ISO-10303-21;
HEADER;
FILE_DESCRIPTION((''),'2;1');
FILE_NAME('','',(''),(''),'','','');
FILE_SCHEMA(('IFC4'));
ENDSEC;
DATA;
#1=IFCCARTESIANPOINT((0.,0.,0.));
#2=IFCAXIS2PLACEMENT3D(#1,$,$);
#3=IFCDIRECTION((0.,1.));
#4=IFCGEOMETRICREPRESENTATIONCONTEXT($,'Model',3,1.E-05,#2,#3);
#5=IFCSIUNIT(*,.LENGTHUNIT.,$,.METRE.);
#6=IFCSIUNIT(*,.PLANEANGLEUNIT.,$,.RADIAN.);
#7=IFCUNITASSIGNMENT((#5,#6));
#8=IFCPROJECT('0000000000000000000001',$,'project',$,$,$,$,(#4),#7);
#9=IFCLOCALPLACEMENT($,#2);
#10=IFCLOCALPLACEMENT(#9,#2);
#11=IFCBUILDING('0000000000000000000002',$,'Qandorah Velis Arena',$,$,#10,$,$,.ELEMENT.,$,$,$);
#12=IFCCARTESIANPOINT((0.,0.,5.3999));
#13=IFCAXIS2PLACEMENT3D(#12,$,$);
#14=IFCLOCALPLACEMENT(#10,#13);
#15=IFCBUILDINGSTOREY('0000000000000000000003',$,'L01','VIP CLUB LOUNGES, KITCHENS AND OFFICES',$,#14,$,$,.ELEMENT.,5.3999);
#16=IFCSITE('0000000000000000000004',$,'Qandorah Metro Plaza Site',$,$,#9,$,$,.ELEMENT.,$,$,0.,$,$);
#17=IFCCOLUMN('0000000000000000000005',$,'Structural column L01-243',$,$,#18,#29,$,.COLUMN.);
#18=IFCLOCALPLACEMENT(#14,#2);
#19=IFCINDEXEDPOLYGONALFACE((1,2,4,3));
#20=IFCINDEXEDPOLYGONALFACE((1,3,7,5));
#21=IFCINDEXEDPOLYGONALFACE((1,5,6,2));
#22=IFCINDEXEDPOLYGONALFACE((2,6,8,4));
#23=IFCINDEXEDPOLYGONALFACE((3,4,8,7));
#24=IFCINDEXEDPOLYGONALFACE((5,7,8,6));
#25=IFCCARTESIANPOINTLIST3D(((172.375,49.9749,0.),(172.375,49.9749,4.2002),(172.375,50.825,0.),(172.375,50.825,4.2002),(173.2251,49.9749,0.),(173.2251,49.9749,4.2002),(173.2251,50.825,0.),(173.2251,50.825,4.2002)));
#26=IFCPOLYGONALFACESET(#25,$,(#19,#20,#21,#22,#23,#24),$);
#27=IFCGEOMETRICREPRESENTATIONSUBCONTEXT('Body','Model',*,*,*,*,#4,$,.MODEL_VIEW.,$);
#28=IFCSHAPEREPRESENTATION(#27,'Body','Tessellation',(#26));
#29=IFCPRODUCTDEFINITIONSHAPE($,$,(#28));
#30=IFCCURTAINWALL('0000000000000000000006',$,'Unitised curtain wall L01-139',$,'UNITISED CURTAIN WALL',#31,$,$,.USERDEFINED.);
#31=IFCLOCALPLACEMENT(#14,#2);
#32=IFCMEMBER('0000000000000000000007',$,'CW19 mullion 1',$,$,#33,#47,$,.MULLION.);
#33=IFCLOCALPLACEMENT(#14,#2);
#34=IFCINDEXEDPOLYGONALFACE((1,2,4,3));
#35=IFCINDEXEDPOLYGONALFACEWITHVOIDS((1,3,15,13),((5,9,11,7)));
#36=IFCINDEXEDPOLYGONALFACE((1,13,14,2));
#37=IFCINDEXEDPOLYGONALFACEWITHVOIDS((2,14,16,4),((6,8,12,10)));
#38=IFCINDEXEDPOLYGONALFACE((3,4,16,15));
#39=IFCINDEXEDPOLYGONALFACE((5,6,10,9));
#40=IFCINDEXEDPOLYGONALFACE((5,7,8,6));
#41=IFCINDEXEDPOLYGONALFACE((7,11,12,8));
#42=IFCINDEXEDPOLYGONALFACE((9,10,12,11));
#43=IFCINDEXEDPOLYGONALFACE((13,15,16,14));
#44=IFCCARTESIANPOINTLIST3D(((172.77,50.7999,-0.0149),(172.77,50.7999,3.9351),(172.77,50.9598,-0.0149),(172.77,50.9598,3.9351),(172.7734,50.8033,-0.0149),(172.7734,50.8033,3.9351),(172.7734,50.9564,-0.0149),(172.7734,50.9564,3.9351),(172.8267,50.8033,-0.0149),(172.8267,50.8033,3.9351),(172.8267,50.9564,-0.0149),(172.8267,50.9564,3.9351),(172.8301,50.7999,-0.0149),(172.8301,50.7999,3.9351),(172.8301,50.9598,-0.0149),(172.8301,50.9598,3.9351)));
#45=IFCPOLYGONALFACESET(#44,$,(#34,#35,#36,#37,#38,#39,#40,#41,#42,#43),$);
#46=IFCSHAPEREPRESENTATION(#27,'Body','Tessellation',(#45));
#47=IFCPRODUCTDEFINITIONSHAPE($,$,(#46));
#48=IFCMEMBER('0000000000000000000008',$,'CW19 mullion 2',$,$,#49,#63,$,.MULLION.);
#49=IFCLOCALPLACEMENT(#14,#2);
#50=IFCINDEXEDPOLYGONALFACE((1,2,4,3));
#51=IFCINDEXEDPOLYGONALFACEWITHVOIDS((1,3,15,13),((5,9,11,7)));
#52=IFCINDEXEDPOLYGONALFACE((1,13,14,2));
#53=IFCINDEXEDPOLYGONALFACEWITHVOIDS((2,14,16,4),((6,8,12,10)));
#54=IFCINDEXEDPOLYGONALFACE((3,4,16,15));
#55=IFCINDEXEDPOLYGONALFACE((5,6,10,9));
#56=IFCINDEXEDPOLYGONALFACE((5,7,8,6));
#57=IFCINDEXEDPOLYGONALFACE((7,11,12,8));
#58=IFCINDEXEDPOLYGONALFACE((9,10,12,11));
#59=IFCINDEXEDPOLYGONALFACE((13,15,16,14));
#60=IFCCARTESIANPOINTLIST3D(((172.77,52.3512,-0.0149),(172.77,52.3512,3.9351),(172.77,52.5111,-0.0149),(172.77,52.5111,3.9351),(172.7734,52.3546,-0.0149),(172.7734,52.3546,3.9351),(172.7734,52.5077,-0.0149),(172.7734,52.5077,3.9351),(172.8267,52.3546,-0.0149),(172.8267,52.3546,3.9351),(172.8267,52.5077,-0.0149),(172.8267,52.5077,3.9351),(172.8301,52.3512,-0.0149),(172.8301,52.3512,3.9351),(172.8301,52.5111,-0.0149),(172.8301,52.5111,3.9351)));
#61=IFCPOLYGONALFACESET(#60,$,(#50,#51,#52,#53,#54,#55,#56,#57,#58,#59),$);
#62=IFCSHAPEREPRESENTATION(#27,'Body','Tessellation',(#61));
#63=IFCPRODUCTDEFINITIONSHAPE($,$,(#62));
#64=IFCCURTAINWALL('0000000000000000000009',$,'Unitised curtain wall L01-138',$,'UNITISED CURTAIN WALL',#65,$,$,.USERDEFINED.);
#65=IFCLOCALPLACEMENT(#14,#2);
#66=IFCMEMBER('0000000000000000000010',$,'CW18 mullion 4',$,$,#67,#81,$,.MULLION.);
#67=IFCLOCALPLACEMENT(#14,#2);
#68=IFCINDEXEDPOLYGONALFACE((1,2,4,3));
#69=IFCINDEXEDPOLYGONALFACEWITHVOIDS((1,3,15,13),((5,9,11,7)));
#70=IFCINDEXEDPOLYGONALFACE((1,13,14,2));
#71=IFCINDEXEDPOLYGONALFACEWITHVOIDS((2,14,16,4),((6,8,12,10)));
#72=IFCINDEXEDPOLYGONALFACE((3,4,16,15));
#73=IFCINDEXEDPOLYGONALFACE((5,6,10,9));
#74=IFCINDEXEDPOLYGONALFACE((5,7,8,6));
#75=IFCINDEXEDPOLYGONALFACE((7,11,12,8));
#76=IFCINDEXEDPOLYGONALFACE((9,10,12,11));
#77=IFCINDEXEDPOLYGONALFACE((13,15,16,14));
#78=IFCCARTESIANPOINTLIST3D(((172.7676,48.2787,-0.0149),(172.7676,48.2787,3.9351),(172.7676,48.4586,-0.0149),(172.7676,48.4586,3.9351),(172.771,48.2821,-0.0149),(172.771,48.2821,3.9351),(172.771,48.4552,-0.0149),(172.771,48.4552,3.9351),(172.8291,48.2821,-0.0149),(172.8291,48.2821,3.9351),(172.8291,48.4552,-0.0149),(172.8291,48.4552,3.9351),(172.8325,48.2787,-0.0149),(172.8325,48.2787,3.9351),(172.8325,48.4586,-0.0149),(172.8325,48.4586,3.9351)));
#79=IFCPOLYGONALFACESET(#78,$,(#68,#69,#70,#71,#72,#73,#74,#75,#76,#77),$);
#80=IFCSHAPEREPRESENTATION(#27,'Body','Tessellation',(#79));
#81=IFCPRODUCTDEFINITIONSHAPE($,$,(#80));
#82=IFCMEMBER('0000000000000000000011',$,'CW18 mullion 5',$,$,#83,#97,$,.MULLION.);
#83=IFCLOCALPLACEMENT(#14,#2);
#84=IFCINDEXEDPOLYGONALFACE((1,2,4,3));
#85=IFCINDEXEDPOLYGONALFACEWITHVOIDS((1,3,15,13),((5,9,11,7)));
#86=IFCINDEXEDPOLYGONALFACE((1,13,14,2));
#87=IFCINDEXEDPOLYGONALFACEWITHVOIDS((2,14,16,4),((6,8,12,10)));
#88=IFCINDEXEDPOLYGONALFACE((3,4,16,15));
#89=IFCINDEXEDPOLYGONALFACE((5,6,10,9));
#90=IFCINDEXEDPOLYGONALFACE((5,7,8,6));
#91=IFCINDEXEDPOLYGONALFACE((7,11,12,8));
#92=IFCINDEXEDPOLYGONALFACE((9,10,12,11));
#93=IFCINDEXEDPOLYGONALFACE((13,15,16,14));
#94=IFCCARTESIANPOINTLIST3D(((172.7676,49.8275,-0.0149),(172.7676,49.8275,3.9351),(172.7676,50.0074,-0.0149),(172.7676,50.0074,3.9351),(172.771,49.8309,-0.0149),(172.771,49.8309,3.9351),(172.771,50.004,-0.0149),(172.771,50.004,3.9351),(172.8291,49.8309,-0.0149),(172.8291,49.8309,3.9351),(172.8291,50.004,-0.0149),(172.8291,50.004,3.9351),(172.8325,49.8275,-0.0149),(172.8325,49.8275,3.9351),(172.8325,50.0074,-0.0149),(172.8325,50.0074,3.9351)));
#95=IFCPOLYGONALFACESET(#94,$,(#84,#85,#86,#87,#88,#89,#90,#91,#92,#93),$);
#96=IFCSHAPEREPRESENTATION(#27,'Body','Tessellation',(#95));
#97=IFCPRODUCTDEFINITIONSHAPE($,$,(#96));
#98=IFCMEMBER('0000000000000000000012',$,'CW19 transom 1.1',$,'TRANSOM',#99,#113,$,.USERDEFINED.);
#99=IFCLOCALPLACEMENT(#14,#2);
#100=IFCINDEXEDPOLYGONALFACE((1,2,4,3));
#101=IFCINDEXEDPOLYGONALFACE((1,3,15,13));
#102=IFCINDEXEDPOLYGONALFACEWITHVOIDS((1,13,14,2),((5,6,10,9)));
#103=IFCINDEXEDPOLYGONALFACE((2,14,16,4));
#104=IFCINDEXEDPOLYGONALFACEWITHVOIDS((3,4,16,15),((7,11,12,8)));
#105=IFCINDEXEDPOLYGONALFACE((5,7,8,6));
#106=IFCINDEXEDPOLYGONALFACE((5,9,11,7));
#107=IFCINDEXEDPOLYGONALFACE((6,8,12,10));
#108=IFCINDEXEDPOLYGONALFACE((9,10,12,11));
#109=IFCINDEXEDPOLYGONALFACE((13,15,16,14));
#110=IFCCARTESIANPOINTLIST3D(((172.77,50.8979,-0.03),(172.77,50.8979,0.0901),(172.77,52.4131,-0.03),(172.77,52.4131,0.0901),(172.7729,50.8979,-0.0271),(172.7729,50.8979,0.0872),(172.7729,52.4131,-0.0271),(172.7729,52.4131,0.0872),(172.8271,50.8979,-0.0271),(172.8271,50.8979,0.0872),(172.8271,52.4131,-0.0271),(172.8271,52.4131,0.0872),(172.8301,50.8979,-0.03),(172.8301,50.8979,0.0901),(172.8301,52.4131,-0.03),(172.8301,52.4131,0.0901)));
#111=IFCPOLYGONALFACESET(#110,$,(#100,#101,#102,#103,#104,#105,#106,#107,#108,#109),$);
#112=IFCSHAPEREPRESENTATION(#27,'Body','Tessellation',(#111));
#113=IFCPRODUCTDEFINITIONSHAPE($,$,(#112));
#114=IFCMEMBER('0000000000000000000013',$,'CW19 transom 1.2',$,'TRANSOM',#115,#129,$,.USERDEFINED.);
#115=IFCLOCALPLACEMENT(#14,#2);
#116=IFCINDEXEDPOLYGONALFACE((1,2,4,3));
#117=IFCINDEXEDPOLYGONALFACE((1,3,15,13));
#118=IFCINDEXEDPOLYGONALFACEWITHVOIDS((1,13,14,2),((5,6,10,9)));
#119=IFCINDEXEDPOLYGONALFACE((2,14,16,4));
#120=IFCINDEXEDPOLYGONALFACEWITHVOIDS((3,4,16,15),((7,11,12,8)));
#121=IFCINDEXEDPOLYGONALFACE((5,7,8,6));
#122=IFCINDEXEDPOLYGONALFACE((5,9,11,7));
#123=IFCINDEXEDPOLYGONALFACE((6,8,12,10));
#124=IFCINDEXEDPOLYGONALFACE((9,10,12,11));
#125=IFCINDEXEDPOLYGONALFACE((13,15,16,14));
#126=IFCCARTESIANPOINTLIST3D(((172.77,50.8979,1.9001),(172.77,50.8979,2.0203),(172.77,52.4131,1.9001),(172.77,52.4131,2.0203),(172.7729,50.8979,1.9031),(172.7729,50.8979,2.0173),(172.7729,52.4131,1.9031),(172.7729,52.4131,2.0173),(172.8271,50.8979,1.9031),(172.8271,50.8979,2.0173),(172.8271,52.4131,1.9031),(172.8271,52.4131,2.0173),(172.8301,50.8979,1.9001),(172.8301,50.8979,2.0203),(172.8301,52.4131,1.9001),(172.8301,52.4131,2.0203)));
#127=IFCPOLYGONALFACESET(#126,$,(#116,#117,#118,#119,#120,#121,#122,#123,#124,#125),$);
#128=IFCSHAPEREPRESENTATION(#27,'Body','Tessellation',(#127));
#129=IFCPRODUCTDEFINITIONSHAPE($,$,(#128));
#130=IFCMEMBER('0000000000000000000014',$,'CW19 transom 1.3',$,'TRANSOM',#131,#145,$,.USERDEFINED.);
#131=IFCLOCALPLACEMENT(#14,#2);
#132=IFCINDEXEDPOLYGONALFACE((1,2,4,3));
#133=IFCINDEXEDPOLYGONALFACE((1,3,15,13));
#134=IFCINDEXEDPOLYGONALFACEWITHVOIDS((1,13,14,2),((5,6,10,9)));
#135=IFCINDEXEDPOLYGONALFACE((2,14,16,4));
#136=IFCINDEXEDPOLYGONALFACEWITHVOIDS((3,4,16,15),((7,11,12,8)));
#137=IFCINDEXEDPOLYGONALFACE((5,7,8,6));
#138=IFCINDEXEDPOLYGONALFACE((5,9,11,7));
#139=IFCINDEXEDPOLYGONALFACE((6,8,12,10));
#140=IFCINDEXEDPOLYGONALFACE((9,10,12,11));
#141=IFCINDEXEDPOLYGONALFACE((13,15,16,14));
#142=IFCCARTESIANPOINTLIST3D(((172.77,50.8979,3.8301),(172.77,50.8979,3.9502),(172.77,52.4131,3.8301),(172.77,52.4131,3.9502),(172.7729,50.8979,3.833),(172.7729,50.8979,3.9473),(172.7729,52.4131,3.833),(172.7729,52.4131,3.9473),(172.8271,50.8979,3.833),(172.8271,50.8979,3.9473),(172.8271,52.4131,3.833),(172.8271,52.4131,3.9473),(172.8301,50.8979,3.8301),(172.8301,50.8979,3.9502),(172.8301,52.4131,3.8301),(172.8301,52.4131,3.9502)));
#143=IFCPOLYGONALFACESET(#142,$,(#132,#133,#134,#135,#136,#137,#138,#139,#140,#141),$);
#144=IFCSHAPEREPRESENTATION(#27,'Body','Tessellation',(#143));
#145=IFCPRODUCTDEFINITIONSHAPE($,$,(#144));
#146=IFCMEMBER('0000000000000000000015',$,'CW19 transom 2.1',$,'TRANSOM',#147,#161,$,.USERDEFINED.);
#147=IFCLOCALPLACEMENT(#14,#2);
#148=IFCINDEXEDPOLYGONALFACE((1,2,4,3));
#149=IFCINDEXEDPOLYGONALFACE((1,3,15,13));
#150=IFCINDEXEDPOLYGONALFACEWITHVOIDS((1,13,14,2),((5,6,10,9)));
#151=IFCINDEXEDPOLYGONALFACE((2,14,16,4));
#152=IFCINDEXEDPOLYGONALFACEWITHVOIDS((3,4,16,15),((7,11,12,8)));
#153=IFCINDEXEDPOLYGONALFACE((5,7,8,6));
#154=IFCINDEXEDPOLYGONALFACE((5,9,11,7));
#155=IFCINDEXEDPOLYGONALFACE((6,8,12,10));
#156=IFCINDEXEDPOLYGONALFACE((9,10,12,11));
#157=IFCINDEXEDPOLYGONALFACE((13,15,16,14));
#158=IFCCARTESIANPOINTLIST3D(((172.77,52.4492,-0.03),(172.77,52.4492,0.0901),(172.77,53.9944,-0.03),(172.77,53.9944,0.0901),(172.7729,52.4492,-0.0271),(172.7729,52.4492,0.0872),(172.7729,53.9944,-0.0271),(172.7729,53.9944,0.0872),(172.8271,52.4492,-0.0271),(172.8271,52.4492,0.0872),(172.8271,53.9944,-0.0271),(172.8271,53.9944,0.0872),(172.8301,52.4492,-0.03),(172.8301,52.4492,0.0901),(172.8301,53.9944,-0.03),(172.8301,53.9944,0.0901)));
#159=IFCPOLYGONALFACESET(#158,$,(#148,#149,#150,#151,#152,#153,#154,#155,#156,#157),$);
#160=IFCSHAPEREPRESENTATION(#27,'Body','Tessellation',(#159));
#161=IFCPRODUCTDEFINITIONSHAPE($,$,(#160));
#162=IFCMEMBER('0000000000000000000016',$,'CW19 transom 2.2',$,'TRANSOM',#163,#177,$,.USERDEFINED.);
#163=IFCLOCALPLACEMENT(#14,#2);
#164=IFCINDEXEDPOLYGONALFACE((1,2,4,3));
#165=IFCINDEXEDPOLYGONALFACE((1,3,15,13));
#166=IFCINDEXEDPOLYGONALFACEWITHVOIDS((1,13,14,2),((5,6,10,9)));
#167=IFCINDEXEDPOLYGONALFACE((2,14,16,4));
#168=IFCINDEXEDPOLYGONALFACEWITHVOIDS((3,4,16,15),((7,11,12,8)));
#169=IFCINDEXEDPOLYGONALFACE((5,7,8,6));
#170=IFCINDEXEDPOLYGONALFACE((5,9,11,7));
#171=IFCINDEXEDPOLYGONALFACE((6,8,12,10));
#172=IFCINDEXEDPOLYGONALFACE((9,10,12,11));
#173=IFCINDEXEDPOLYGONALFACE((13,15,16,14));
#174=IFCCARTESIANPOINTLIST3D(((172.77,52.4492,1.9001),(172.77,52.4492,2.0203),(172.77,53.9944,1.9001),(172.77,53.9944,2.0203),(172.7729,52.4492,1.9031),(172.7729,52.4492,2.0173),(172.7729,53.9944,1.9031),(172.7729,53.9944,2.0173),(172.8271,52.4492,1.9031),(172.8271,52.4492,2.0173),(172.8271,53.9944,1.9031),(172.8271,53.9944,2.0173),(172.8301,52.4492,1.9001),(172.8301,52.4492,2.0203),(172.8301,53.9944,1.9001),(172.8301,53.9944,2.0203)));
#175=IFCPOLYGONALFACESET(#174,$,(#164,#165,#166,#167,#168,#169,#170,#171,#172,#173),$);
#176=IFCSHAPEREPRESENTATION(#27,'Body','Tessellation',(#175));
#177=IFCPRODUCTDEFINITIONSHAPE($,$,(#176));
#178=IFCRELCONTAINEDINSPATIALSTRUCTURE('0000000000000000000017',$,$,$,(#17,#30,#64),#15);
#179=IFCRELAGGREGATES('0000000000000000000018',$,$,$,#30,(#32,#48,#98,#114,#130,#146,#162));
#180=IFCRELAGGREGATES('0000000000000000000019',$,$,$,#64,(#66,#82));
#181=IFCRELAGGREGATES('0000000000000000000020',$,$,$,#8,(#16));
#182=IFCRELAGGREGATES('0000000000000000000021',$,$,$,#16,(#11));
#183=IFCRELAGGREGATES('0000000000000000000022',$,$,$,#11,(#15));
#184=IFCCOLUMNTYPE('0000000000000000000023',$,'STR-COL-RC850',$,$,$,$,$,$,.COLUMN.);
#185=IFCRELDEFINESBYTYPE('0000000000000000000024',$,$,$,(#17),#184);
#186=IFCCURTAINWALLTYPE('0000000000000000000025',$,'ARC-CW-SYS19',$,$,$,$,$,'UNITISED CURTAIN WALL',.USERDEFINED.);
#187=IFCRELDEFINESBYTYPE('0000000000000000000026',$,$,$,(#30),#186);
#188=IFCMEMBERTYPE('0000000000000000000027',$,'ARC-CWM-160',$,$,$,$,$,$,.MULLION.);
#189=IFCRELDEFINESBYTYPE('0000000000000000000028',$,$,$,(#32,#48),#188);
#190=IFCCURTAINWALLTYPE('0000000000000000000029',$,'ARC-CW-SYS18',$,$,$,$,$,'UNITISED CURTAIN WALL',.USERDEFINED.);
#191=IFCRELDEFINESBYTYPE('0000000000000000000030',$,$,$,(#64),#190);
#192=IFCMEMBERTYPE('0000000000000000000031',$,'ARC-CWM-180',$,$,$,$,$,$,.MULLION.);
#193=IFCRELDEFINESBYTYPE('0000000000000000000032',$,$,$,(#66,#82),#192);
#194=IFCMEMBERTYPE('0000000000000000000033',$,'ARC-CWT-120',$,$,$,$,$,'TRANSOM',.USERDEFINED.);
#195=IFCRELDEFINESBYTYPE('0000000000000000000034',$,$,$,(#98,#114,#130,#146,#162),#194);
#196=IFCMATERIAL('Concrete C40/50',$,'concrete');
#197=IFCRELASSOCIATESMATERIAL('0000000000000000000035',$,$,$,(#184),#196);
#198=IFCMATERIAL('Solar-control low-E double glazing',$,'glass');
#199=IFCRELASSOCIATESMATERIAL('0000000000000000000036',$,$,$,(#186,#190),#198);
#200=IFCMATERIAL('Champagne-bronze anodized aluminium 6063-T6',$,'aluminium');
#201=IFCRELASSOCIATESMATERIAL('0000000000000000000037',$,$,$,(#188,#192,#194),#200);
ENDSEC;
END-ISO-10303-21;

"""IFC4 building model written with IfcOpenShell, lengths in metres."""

from ifc_helpers import new_model, si_unit, direction, frame, origin, origin_2d, place, context, subcontext, project, spatial, rectangle, hollow_rectangle, extrude, material, material_profile, profile_set, type_object, element, aggregate, save


model = new_model("IFC4")

# Units and contexts
model_context = context("Model", 3, precision=1e-05, world=origin(), true_north=direction((0.0, 1.0)))
body_context = subcontext(model_context, "Body", "Model", "MODEL_VIEW")
ifc_project = project(units=[si_unit("LENGTHUNIT", "METRE"), si_unit("PLANEANGLEUNIT", "RADIAN")], contexts=[model_context])

# Site, building, storey
site_placement = place(None, origin())
site = spatial("IfcSite", under=ifc_project, at=site_placement, Name="Qandorah Metro Plaza Site", CompositionType="ELEMENT", RefElevation=0.0)
building_placement = place(site_placement, origin())
building = spatial("IfcBuilding", under=site, at=building_placement, Name="Qandorah Velis Arena", CompositionType="ELEMENT")
storey_placement = place(building_placement, frame((0.0, 0.0, 5.3999)))
storey = spatial("IfcBuildingStorey", under=building, at=storey_placement, Name="L01", Description="VIP CLUB LOUNGES, KITCHENS AND OFFICES", CompositionType="ELEMENT", Elevation=5.3999)

# Column
ifc_material_1 = material(Name="Concrete C40/50", Category="concrete")
ifc_material_profile_1 = material_profile(ifc_material_1, rectangle(XDim=0.8501, YDim=0.8501, at=origin_2d()), Name="RC COL 850x850")
ifc_profile_set_1 = profile_set([ifc_material_profile_1], Name="Concrete C40/50")
column_type = type_object("IfcColumnType", Name="STR-COL-RC850", PredefinedType="COLUMN", material=ifc_profile_set_1)
column_placement = place(storey_placement, frame((172.8, 50.3999, 0.0), z_axis=(0.0, 0.0, 1.0), x_axis=(1.0, 0.0, 0.0)))
element("IfcColumn", 1, at=column_placement, inside=storey, type_object=column_type, Name="Structural column L01-243", PredefinedType="COLUMN", context=body_context, shape_type="SweptSolid", body=[
    extrude(rectangle(XDim=0.8501, YDim=0.8501, at=origin_2d()), origin(), (0.0, 0.0, 1.0), 4.2002),
])

# Curtain walls, members
ifc_material_2 = material(Name="Solar-control low-E double glazing", Category="glass")
curtain_wall_type_1 = type_object("IfcCurtainWallType", Name="ARC-CW-SYS19", ElementType="UNITISED CURTAIN WALL", PredefinedType="USERDEFINED", material=ifc_material_2)
curtain_wall_1_placement = place(storey_placement, origin())
curtain_wall_1 = element("IfcCurtainWall", 2, at=curtain_wall_1_placement, inside=storey, type_object=curtain_wall_type_1, Name="Unitised curtain wall L01-139", ObjectType="UNITISED CURTAIN WALL", PredefinedType="USERDEFINED")
ifc_material_3 = material(Name="Champagne-bronze anodized aluminium 6063-T6", Category="aluminium")
ifc_material_profile_2 = material_profile(ifc_material_3, hollow_rectangle(XDim=0.0601, YDim=0.1599, WallThickness=0.0034, at=origin_2d()), Name="ALU MULLION 60x160")
ifc_profile_set_2 = profile_set([ifc_material_profile_2], Name="Champagne-bronze anodized aluminium 6063-T6")
member_type_1 = type_object("IfcMemberType", Name="ARC-CWM-160", PredefinedType="MULLION", material=ifc_profile_set_2)
member_1_placement = place(storey_placement, frame((172.8, 50.8799, -0.0149), z_axis=(0.0, 0.0, 1.0), x_axis=(-1.0, 0.0, 0.0)))
member_1 = element("IfcMember", 3, at=member_1_placement, type_object=member_type_1, Name="CW19 mullion 1", PredefinedType="MULLION", context=body_context, shape_type="SweptSolid", body=[
    extrude(hollow_rectangle(XDim=0.0601, YDim=0.1599, WallThickness=0.0034, at=origin_2d()), origin(), (0.0, 0.0, 1.0), 3.95),
])
member_2_placement = place(storey_placement, frame((172.8, 52.4312, -0.0149), z_axis=(0.0, 0.0, 1.0), x_axis=(-1.0, 0.0, 0.0)))
member_2 = element("IfcMember", 4, at=member_2_placement, type_object=member_type_1, Name="CW19 mullion 2", PredefinedType="MULLION", context=body_context, shape_type="SweptSolid", body=[
    extrude(hollow_rectangle(XDim=0.0601, YDim=0.1599, WallThickness=0.0034, at=origin_2d()), origin(), (0.0, 0.0, 1.0), 3.95),
])
curtain_wall_type_2 = type_object("IfcCurtainWallType", Name="ARC-CW-SYS18", ElementType="UNITISED CURTAIN WALL", PredefinedType="USERDEFINED", material=ifc_material_2)
curtain_wall_2_placement = place(storey_placement, origin())
curtain_wall_2 = element("IfcCurtainWall", 5, at=curtain_wall_2_placement, inside=storey, type_object=curtain_wall_type_2, Name="Unitised curtain wall L01-138", ObjectType="UNITISED CURTAIN WALL", PredefinedType="USERDEFINED")
ifc_material_profile_3 = material_profile(ifc_material_3, hollow_rectangle(XDim=0.0649, YDim=0.1799, WallThickness=0.0034, at=origin_2d()), Name="ALU MULLION 65x180")
ifc_profile_set_3 = profile_set([ifc_material_profile_3], Name="Champagne-bronze anodized aluminium 6063-T6")
member_type_2 = type_object("IfcMemberType", Name="ARC-CWM-180", PredefinedType="MULLION", material=ifc_profile_set_3)
member_3_placement = place(storey_placement, frame((172.8, 48.3687, -0.0149), z_axis=(0.0, 0.0, 1.0), x_axis=(-1.0, 0.0, 0.0)))
member_3 = element("IfcMember", 6, at=member_3_placement, type_object=member_type_2, Name="CW18 mullion 4", PredefinedType="MULLION", context=body_context, shape_type="SweptSolid", body=[
    extrude(hollow_rectangle(XDim=0.0649, YDim=0.1799, WallThickness=0.0034, at=origin_2d()), origin(), (0.0, 0.0, 1.0), 3.95),
])
member_4_placement = place(storey_placement, frame((172.8, 49.9175, -0.0149), z_axis=(0.0, 0.0, 1.0), x_axis=(-1.0, 0.0, 0.0)))
member_4 = element("IfcMember", 7, at=member_4_placement, type_object=member_type_2, Name="CW18 mullion 5", PredefinedType="MULLION", context=body_context, shape_type="SweptSolid", body=[
    extrude(hollow_rectangle(XDim=0.0649, YDim=0.1799, WallThickness=0.0034, at=origin_2d()), origin(), (0.0, 0.0, 1.0), 3.95),
])

# Members
ifc_material_profile_4 = material_profile(ifc_material_3, hollow_rectangle(XDim=0.0601, YDim=0.1201, WallThickness=0.0029, at=origin_2d()), Name="ALU TRANSOM 60x120")
ifc_profile_set_4 = profile_set([ifc_material_profile_4], Name="Champagne-bronze anodized aluminium 6063-T6")
member_type_3 = type_object("IfcMemberType", Name="ARC-CWT-120", ElementType="TRANSOM", PredefinedType="USERDEFINED", material=ifc_profile_set_4)
member_5_placement = place(storey_placement, frame((172.8, 50.8979, 0.03), z_axis=(0.0, 1.0, 0.0), x_axis=(-1.0, 0.0, 0.0)))
member_5 = element("IfcMember", 8, at=member_5_placement, type_object=member_type_3, Name="CW19 transom 1.1", ObjectType="TRANSOM", PredefinedType="USERDEFINED", context=body_context, shape_type="SweptSolid", body=[
    extrude(hollow_rectangle(XDim=0.0601, YDim=0.1201, WallThickness=0.0029, at=origin_2d()), origin(), (0.0, 0.0, 1.0), 1.5151),
])
member_6_placement = place(storey_placement, frame((172.8, 50.8979, 1.9602), z_axis=(0.0, 1.0, 0.0), x_axis=(-1.0, 0.0, 0.0)))
member_6 = element("IfcMember", 9, at=member_6_placement, type_object=member_type_3, Name="CW19 transom 1.2", ObjectType="TRANSOM", PredefinedType="USERDEFINED", context=body_context, shape_type="SweptSolid", body=[
    extrude(hollow_rectangle(XDim=0.0601, YDim=0.1201, WallThickness=0.0029, at=origin_2d()), origin(), (0.0, 0.0, 1.0), 1.5151),
])
member_7_placement = place(storey_placement, frame((172.8, 50.8979, 3.8901), z_axis=(0.0, 1.0, 0.0), x_axis=(-1.0, 0.0, 0.0)))
member_7 = element("IfcMember", 10, at=member_7_placement, type_object=member_type_3, Name="CW19 transom 1.3", ObjectType="TRANSOM", PredefinedType="USERDEFINED", context=body_context, shape_type="SweptSolid", body=[
    extrude(hollow_rectangle(XDim=0.0601, YDim=0.1201, WallThickness=0.0029, at=origin_2d()), origin(), (0.0, 0.0, 1.0), 1.5151),
])
member_8_placement = place(storey_placement, frame((172.8, 52.4492, 0.03), z_axis=(0.0, 1.0, 0.0), x_axis=(-1.0, 0.0, 0.0)))
member_8 = element("IfcMember", 11, at=member_8_placement, type_object=member_type_3, Name="CW19 transom 2.1", ObjectType="TRANSOM", PredefinedType="USERDEFINED", context=body_context, shape_type="SweptSolid", body=[
    extrude(hollow_rectangle(XDim=0.0601, YDim=0.1201, WallThickness=0.0029, at=origin_2d()), origin(), (0.0, 0.0, 1.0), 1.5452),
])
member_9_placement = place(storey_placement, frame((172.8, 52.4492, 1.9602), z_axis=(0.0, 1.0, 0.0), x_axis=(-1.0, 0.0, 0.0)))
member_9 = element("IfcMember", 12, at=member_9_placement, type_object=member_type_3, Name="CW19 transom 2.2", ObjectType="TRANSOM", PredefinedType="USERDEFINED", context=body_context, shape_type="SweptSolid", body=[
    extrude(hollow_rectangle(XDim=0.0601, YDim=0.1201, WallThickness=0.0029, at=origin_2d()), origin(), (0.0, 0.0, 1.0), 1.5452),
])

aggregate(curtain_wall_1, [member_1, member_2, member_5, member_6, member_7, member_8, member_9])
aggregate(curtain_wall_2, [member_3, member_4])

save(model, "model.ifc")
